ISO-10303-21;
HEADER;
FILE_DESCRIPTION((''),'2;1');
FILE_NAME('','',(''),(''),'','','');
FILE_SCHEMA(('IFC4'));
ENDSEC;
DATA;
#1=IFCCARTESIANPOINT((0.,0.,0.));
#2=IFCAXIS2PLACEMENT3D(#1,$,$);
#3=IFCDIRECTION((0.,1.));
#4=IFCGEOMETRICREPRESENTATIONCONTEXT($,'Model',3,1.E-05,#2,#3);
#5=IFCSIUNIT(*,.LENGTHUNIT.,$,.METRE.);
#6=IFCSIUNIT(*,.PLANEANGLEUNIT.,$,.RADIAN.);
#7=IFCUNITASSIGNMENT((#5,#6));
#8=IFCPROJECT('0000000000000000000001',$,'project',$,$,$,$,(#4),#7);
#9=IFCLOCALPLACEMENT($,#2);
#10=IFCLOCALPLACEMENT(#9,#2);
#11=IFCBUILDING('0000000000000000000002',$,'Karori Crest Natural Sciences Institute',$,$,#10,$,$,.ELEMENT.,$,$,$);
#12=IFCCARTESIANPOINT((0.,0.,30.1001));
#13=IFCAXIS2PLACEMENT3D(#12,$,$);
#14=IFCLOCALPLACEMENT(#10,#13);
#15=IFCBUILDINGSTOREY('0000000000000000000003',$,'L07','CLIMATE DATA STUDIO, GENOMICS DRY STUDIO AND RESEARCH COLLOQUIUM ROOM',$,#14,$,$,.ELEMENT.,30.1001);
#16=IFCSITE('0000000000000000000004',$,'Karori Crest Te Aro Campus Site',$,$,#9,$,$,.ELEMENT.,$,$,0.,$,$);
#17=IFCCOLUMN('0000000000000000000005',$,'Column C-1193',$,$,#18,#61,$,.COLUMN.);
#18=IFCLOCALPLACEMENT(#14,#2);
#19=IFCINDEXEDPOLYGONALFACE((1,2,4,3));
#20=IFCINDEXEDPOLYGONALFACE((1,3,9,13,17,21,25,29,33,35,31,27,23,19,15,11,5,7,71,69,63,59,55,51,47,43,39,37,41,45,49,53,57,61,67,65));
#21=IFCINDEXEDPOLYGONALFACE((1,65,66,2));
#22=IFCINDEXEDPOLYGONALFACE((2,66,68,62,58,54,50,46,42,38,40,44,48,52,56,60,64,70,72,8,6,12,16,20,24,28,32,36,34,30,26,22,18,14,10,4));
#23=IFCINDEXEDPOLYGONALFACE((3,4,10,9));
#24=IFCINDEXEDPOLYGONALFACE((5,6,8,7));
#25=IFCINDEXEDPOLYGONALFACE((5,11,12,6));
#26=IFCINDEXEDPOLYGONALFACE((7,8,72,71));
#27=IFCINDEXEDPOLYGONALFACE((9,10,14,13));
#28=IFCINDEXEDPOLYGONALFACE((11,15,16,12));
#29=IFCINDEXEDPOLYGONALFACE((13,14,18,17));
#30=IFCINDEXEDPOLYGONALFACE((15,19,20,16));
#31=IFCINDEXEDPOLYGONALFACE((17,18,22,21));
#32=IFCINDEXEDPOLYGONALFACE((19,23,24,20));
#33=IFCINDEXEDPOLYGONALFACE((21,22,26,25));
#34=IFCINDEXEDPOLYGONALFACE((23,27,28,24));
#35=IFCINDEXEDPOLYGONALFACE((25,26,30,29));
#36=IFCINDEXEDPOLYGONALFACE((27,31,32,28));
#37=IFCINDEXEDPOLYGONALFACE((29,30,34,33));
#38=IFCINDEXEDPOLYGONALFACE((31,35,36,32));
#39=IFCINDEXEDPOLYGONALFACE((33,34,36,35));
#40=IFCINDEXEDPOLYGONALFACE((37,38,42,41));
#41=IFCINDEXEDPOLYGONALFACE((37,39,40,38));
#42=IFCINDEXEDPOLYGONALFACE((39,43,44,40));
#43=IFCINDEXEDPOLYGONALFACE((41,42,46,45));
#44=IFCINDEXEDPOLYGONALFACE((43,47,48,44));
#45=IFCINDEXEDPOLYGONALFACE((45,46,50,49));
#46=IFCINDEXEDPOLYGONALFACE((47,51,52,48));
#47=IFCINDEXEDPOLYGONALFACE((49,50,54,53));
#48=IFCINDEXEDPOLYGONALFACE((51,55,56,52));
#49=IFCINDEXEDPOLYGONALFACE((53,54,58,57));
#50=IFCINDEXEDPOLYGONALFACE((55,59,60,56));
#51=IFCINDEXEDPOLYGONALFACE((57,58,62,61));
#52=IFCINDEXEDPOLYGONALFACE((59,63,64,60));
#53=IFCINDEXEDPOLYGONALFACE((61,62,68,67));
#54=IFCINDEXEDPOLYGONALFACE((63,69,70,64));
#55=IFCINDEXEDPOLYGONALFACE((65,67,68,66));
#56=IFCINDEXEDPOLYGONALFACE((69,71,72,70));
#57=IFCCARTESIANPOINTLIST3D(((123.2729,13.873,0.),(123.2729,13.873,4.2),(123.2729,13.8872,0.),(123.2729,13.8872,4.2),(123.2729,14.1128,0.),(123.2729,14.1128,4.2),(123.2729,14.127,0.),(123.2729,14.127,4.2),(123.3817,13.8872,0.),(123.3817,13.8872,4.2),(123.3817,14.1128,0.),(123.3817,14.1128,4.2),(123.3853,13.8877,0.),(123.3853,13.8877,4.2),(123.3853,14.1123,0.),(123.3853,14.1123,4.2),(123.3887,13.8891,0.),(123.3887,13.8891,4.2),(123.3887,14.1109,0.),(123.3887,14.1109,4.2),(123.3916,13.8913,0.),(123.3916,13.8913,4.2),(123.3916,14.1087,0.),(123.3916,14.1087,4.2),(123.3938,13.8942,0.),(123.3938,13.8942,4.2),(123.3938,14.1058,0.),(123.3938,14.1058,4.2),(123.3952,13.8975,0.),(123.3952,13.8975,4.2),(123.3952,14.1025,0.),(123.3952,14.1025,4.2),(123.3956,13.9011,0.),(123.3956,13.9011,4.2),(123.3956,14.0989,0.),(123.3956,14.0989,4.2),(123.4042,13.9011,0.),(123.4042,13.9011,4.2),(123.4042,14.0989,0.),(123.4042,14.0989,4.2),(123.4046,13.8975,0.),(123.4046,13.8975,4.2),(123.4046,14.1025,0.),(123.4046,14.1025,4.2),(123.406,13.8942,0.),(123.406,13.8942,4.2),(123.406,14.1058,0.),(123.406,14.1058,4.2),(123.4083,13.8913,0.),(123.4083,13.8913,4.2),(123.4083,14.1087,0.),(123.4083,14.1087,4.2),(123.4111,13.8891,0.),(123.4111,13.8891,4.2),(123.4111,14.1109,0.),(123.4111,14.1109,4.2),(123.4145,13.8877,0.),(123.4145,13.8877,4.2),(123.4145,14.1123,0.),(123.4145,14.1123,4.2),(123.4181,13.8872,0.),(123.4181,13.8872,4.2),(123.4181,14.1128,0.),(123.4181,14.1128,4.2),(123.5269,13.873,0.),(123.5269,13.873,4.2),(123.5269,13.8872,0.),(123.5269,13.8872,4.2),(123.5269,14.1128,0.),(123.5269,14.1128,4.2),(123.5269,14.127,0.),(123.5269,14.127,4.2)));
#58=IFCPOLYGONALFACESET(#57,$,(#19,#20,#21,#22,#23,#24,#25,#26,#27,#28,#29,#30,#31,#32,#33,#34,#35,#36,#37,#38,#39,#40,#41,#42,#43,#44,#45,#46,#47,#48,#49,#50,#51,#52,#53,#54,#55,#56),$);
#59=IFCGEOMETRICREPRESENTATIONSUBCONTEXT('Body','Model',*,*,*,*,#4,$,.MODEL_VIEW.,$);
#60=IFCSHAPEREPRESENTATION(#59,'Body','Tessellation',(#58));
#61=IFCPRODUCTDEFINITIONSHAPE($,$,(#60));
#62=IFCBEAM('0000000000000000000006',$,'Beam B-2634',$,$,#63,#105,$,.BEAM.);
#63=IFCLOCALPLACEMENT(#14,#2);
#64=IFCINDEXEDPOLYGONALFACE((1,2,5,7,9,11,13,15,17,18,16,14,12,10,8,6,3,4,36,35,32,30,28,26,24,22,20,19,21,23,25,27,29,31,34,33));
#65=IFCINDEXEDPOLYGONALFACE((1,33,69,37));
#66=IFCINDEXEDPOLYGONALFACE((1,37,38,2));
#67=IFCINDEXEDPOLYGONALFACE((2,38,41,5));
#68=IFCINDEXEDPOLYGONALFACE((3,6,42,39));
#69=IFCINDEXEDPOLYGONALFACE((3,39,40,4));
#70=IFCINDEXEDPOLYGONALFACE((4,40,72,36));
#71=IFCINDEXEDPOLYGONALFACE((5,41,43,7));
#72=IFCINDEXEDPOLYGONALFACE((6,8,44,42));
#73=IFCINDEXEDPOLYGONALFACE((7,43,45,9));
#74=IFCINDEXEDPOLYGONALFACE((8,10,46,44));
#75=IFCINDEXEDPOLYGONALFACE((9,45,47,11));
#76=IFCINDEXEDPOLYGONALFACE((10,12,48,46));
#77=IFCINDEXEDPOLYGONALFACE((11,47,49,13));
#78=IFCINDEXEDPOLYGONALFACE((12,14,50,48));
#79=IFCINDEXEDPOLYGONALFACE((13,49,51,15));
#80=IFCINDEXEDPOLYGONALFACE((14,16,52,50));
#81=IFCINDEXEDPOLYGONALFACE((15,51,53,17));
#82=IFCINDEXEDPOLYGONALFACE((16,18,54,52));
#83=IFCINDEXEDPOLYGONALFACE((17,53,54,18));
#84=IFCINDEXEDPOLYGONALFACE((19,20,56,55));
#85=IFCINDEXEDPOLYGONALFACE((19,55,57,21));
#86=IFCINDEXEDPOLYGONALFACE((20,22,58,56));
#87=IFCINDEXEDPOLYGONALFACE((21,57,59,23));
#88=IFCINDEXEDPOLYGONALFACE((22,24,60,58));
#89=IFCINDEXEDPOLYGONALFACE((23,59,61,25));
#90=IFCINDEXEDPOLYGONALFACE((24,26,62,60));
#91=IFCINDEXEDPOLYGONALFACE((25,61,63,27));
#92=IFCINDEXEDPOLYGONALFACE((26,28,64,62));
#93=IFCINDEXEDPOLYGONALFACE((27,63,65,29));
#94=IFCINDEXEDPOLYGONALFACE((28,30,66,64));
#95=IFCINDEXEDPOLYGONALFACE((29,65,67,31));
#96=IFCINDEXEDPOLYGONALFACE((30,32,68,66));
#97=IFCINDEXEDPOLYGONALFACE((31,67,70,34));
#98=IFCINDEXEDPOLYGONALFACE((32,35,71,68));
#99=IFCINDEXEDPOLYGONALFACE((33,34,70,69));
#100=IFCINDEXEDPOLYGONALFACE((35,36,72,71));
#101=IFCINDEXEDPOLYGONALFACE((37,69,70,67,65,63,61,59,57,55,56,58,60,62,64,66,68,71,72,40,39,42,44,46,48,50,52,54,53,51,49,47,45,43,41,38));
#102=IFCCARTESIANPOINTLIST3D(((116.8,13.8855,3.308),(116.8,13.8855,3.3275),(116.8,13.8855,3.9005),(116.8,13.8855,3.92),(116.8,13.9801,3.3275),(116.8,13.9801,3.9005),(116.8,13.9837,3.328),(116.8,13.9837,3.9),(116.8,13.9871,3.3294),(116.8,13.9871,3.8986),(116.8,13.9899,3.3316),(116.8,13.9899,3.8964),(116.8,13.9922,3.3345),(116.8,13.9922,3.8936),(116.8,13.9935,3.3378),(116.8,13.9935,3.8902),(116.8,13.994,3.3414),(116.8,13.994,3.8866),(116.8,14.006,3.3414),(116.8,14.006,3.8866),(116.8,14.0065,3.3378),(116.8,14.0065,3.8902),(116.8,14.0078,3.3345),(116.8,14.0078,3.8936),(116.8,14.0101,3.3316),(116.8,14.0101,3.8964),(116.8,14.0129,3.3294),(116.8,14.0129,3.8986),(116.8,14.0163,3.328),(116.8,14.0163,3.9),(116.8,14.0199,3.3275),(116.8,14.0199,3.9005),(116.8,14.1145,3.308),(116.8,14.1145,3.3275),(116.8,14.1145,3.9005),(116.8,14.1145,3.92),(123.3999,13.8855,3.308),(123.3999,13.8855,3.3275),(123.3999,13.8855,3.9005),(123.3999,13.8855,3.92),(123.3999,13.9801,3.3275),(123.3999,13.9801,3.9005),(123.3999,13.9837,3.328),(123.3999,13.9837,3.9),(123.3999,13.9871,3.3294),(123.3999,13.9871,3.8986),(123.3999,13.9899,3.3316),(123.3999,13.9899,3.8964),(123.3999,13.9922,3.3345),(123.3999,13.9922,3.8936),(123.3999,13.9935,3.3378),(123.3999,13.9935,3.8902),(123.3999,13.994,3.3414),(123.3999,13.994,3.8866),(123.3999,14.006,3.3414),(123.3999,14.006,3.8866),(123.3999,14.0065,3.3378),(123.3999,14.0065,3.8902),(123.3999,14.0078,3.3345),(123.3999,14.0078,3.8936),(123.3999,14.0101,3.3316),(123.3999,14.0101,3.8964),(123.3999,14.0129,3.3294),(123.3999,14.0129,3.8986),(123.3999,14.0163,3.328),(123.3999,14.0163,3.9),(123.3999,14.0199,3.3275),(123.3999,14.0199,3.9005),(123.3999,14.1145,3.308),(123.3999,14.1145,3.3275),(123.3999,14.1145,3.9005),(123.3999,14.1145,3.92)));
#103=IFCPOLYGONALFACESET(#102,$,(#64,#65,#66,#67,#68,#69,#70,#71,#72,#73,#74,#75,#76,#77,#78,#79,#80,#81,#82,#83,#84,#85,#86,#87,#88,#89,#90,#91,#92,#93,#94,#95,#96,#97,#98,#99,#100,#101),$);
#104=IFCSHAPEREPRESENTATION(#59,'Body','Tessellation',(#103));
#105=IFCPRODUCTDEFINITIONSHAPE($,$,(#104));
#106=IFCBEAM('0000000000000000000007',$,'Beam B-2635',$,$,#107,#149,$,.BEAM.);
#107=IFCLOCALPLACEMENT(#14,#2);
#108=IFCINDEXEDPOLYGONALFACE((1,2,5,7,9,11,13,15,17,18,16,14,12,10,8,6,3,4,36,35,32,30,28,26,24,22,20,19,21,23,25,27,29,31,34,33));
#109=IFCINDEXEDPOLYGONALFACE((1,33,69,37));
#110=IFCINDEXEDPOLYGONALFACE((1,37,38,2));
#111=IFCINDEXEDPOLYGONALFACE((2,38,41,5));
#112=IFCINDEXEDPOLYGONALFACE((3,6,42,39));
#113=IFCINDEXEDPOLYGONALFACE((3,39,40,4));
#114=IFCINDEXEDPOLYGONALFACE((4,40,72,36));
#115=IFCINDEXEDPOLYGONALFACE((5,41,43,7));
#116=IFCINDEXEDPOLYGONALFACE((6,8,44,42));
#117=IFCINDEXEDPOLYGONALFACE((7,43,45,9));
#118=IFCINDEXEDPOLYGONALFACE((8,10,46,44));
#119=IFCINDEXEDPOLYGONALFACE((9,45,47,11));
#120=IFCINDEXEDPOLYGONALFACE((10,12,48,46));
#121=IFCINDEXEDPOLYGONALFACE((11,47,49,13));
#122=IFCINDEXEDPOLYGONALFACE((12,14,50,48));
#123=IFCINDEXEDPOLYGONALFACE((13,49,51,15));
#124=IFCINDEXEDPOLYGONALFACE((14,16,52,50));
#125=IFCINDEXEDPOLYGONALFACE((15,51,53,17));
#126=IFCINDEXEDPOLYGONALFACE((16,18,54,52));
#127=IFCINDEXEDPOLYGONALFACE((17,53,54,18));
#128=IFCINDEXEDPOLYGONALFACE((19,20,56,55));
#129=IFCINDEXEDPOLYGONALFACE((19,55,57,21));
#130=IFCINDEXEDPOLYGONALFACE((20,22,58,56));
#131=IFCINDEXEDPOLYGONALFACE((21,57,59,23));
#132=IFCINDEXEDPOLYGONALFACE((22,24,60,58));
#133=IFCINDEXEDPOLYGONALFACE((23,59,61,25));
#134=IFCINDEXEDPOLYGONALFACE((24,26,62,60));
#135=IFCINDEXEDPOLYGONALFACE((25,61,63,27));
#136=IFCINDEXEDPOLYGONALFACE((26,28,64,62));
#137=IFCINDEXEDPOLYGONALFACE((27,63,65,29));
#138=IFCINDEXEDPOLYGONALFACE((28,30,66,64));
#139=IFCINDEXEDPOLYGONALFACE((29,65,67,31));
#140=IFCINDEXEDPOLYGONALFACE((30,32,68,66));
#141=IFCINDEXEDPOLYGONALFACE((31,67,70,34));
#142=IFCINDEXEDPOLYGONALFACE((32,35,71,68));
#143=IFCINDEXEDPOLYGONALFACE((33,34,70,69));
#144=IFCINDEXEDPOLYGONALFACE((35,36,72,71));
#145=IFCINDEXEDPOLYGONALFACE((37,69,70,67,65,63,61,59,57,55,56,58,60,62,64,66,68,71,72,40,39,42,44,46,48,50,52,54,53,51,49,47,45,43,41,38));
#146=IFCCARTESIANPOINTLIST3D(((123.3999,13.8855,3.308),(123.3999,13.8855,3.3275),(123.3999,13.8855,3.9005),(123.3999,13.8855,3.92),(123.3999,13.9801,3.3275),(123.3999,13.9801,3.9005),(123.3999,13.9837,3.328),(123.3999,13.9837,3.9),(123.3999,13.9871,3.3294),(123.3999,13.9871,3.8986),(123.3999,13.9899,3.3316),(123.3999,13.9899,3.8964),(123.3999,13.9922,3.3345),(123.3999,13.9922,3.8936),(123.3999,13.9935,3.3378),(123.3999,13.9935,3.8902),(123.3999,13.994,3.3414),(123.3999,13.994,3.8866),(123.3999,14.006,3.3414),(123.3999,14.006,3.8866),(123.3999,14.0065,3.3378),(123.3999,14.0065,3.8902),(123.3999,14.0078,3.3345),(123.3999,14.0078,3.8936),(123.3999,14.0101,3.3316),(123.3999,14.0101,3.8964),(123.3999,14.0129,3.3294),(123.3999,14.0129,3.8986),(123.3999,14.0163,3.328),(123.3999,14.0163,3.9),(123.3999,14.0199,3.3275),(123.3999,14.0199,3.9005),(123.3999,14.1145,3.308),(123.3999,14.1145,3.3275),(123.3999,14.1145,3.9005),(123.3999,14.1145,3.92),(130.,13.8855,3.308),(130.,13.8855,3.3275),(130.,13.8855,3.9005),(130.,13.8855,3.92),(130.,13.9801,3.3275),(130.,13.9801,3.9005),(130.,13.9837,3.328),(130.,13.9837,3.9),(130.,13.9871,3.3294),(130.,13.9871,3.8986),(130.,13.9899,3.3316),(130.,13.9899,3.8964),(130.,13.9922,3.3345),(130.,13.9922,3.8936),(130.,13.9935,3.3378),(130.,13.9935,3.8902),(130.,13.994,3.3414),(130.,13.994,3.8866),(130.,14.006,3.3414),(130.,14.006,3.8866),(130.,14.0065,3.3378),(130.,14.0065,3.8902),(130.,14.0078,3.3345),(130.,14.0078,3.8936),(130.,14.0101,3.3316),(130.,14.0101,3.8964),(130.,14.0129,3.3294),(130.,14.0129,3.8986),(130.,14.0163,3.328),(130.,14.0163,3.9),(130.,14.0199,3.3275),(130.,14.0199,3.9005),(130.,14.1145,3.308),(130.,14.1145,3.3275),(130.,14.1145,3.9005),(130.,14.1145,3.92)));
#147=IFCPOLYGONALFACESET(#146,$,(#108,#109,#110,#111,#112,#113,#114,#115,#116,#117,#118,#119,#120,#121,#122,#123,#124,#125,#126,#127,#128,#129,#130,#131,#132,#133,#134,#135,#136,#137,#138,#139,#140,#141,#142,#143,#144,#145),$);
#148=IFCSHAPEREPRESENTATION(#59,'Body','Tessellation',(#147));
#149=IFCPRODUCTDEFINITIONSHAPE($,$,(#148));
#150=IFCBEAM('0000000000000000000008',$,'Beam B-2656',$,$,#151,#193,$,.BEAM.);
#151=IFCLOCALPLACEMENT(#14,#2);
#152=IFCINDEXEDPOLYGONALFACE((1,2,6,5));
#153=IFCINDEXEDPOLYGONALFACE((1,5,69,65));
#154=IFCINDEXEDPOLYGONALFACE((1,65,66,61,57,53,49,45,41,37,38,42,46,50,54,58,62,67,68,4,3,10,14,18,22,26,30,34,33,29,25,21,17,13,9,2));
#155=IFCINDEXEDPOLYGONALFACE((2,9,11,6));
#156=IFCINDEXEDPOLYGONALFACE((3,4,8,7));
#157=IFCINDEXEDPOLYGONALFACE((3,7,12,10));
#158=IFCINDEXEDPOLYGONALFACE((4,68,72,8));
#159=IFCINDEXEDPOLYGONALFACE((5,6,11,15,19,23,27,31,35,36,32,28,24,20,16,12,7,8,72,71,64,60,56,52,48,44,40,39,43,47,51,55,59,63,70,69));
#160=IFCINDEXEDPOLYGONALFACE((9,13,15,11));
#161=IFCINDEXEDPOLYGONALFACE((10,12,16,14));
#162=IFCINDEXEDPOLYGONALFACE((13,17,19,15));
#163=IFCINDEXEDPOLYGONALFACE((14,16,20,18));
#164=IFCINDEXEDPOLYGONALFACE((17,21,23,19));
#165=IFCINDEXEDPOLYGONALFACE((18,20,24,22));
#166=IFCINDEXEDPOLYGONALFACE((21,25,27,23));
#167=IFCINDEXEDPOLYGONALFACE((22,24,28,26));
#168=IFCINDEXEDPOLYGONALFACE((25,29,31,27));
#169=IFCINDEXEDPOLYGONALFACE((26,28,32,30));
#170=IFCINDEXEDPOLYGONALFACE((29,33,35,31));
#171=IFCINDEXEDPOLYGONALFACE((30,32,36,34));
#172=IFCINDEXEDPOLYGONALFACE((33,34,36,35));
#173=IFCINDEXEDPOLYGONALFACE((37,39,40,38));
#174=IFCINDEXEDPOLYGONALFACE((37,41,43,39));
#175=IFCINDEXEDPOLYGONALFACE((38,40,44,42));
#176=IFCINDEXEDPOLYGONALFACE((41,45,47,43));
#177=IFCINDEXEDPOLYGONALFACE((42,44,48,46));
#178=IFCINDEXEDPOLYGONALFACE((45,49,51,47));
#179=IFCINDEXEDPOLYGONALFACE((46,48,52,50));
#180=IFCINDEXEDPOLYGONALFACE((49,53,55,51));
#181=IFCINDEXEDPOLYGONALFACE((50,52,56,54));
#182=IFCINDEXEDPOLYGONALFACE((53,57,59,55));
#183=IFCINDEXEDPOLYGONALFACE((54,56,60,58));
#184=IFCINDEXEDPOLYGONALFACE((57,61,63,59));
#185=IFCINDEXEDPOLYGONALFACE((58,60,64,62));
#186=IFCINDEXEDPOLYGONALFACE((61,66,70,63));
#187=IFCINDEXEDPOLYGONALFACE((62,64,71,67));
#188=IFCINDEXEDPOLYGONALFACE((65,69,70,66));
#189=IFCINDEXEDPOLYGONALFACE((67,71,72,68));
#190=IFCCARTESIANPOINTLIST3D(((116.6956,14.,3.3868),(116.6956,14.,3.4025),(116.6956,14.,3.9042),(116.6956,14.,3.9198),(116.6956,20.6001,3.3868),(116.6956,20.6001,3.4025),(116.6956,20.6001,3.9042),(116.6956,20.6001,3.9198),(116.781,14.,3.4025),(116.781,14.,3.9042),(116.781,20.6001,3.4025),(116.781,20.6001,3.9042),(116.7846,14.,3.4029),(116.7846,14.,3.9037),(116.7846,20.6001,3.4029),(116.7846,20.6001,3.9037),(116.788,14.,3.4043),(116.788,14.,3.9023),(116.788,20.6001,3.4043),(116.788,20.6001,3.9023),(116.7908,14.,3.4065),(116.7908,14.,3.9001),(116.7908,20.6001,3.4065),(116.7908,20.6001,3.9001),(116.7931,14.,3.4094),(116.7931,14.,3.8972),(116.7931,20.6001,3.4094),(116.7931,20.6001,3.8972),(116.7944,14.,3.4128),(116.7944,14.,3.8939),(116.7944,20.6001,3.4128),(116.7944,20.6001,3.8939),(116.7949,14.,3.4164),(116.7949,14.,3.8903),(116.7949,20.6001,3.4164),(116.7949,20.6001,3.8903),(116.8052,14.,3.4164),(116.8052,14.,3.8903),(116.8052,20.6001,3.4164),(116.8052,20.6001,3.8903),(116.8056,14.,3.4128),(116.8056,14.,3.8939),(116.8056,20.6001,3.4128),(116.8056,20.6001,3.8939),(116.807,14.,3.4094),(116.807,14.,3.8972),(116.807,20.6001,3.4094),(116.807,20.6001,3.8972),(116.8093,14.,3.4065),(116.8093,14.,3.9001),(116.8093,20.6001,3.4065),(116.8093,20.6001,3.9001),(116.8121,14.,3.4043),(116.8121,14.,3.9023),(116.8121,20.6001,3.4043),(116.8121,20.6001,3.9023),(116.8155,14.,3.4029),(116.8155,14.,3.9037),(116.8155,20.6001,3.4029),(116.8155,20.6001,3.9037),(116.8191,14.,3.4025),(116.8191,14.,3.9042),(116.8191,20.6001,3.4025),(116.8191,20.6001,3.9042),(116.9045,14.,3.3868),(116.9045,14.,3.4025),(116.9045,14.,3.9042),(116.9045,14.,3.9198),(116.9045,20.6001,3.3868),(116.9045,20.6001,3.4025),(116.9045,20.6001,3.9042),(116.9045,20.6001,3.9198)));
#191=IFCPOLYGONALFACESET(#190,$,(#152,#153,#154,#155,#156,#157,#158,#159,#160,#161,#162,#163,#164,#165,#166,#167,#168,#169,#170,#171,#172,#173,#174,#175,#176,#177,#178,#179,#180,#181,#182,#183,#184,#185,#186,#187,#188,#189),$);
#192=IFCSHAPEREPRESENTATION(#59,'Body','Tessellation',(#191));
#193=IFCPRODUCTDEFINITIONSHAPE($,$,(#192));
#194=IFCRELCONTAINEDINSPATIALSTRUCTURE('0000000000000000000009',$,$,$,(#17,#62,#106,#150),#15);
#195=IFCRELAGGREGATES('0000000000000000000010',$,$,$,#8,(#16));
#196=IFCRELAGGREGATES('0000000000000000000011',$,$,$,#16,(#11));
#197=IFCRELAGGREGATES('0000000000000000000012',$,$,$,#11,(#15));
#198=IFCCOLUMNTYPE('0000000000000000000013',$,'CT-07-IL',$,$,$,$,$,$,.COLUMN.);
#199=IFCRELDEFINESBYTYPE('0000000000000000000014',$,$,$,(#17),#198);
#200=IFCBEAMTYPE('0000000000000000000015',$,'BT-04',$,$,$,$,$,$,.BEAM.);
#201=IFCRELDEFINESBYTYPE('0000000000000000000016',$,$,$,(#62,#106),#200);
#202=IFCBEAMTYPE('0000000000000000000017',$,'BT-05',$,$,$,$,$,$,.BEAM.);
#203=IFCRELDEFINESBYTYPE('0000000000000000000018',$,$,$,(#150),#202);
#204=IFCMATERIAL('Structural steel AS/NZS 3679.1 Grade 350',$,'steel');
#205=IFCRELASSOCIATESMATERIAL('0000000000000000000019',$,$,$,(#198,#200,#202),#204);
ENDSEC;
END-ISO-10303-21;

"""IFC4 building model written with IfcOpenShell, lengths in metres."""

from ifc_helpers import new_model, si_unit, direction, frame, origin, origin_2d, place, context, subcontext, project, spatial, i_section, extrude, material, material_profile, profile_set, type_object, element, save


model = new_model("IFC4")

# Units and contexts
model_context = context("Model", 3, precision=1e-05, world=origin(), true_north=direction((0.0, 1.0)))
body_context = subcontext(model_context, "Body", "Model", "MODEL_VIEW")
ifc_project = project(units=[si_unit("LENGTHUNIT", "METRE"), si_unit("PLANEANGLEUNIT", "RADIAN")], contexts=[model_context])

# Site, building, storey
site_placement = place(None, origin())
site = spatial("IfcSite", under=ifc_project, at=site_placement, Name="Karori Crest Te Aro Campus Site", CompositionType="ELEMENT", RefElevation=0.0)
building_placement = place(site_placement, origin())
building = spatial("IfcBuilding", under=site, at=building_placement, Name="Karori Crest Natural Sciences Institute", CompositionType="ELEMENT")
storey_placement = place(building_placement, frame((0.0, 0.0, 30.1001)))
storey = spatial("IfcBuildingStorey", under=building, at=storey_placement, Name="L07", Description="CLIMATE DATA STUDIO, GENOMICS DRY STUDIO AND RESEARCH COLLOQUIUM ROOM", CompositionType="ELEMENT", Elevation=30.1001)

# Column
ifc_material_1 = material(Name="Structural steel AS/NZS 3679.1 Grade 350", Category="steel")
ifc_material_profile_1 = material_profile(ifc_material_1, i_section(OverallWidth=0.2539, OverallDepth=0.2539, WebThickness=0.0085, FlangeThickness=0.0142, FilletRadius=0.0139, at=origin_2d()), Name="250UC72.9")
ifc_profile_set_1 = profile_set([ifc_material_profile_1], Name="Structural steel AS/NZS 3679.1 Grade 350")
column_type = type_object("IfcColumnType", Name="CT-07-IL", PredefinedType="COLUMN", material=ifc_profile_set_1)
column_placement = place(storey_placement, frame((123.3999, 14.0, 0.0), z_axis=(0.0, 0.0, 1.0), x_axis=(1.0, 0.0, 0.0)))
element("IfcColumn", 1, at=column_placement, inside=storey, type_object=column_type, Name="Column C-1193", PredefinedType="COLUMN", context=body_context, shape_type="SweptSolid", body=[
    extrude(i_section(OverallWidth=0.2539, OverallDepth=0.2539, WebThickness=0.0085, FlangeThickness=0.0142, FilletRadius=0.0139, at=origin_2d()), origin(), (0.0, 0.0, 1.0), 4.2),
])

# Beams
ifc_material_profile_2 = material_profile(ifc_material_1, i_section(OverallWidth=0.229, OverallDepth=0.6121, WebThickness=0.012, FlangeThickness=0.0195, FilletRadius=0.0139, at=origin_2d()), Name="610UB125")
ifc_profile_set_2 = profile_set([ifc_material_profile_2], Name="Structural steel AS/NZS 3679.1 Grade 350")
beam_type_1 = type_object("IfcBeamType", Name="BT-04", PredefinedType="BEAM", material=ifc_profile_set_2)
beam_1_placement = place(storey_placement, frame((116.8, 14.0, 3.614), z_axis=(1.0, 0.0, 0.0), x_axis=(0.0, 1.0, 0.0)))
element("IfcBeam", 2, at=beam_1_placement, inside=storey, type_object=beam_type_1, Name="Beam B-2634", PredefinedType="BEAM", context=body_context, shape_type="SweptSolid", body=[
    extrude(i_section(OverallWidth=0.229, OverallDepth=0.6121, WebThickness=0.012, FlangeThickness=0.0195, FilletRadius=0.0139, at=origin_2d()), origin(), (0.0, 0.0, 1.0), 6.5999),
])
beam_2_placement = place(storey_placement, frame((123.3999, 14.0, 3.614), z_axis=(1.0, 0.0, 0.0), x_axis=(0.0, 1.0, 0.0)))
element("IfcBeam", 3, at=beam_2_placement, inside=storey, type_object=beam_type_1, Name="Beam B-2635", PredefinedType="BEAM", context=body_context, shape_type="SweptSolid", body=[
    extrude(i_section(OverallWidth=0.229, OverallDepth=0.6121, WebThickness=0.012, FlangeThickness=0.0195, FilletRadius=0.0139, at=origin_2d()), origin(), (0.0, 0.0, 1.0), 6.6001),
])
ifc_material_profile_3 = material_profile(ifc_material_1, i_section(OverallWidth=0.209, OverallDepth=0.533, WebThickness=0.0103, FlangeThickness=0.0156, FilletRadius=0.0139, at=origin_2d()), Name="530UB92.4")
ifc_profile_set_3 = profile_set([ifc_material_profile_3], Name="Structural steel AS/NZS 3679.1 Grade 350")
beam_type_2 = type_object("IfcBeamType", Name="BT-05", PredefinedType="BEAM", material=ifc_profile_set_3)
for number, where, z_axis, x_axis, name in (
    (4, (116.8, 14.0, 3.6533), (0.0, 1.0, 0.0), (-1.0, 0.0, 0.0), "Beam B-2656"),
):
    element("IfcBeam", number, at=place(storey_placement, frame(where, z_axis=z_axis, x_axis=x_axis)), inside=storey, type_object=beam_type_2, Name=name, PredefinedType="BEAM", context=body_context, shape_type="SweptSolid", body=[
        extrude(i_section(OverallWidth=0.209, OverallDepth=0.533, WebThickness=0.0103, FlangeThickness=0.0156, FilletRadius=0.0139, at=origin_2d()), origin(), (0.0, 0.0, 1.0), 6.6001),
    ])

save(model, "model.ifc")
